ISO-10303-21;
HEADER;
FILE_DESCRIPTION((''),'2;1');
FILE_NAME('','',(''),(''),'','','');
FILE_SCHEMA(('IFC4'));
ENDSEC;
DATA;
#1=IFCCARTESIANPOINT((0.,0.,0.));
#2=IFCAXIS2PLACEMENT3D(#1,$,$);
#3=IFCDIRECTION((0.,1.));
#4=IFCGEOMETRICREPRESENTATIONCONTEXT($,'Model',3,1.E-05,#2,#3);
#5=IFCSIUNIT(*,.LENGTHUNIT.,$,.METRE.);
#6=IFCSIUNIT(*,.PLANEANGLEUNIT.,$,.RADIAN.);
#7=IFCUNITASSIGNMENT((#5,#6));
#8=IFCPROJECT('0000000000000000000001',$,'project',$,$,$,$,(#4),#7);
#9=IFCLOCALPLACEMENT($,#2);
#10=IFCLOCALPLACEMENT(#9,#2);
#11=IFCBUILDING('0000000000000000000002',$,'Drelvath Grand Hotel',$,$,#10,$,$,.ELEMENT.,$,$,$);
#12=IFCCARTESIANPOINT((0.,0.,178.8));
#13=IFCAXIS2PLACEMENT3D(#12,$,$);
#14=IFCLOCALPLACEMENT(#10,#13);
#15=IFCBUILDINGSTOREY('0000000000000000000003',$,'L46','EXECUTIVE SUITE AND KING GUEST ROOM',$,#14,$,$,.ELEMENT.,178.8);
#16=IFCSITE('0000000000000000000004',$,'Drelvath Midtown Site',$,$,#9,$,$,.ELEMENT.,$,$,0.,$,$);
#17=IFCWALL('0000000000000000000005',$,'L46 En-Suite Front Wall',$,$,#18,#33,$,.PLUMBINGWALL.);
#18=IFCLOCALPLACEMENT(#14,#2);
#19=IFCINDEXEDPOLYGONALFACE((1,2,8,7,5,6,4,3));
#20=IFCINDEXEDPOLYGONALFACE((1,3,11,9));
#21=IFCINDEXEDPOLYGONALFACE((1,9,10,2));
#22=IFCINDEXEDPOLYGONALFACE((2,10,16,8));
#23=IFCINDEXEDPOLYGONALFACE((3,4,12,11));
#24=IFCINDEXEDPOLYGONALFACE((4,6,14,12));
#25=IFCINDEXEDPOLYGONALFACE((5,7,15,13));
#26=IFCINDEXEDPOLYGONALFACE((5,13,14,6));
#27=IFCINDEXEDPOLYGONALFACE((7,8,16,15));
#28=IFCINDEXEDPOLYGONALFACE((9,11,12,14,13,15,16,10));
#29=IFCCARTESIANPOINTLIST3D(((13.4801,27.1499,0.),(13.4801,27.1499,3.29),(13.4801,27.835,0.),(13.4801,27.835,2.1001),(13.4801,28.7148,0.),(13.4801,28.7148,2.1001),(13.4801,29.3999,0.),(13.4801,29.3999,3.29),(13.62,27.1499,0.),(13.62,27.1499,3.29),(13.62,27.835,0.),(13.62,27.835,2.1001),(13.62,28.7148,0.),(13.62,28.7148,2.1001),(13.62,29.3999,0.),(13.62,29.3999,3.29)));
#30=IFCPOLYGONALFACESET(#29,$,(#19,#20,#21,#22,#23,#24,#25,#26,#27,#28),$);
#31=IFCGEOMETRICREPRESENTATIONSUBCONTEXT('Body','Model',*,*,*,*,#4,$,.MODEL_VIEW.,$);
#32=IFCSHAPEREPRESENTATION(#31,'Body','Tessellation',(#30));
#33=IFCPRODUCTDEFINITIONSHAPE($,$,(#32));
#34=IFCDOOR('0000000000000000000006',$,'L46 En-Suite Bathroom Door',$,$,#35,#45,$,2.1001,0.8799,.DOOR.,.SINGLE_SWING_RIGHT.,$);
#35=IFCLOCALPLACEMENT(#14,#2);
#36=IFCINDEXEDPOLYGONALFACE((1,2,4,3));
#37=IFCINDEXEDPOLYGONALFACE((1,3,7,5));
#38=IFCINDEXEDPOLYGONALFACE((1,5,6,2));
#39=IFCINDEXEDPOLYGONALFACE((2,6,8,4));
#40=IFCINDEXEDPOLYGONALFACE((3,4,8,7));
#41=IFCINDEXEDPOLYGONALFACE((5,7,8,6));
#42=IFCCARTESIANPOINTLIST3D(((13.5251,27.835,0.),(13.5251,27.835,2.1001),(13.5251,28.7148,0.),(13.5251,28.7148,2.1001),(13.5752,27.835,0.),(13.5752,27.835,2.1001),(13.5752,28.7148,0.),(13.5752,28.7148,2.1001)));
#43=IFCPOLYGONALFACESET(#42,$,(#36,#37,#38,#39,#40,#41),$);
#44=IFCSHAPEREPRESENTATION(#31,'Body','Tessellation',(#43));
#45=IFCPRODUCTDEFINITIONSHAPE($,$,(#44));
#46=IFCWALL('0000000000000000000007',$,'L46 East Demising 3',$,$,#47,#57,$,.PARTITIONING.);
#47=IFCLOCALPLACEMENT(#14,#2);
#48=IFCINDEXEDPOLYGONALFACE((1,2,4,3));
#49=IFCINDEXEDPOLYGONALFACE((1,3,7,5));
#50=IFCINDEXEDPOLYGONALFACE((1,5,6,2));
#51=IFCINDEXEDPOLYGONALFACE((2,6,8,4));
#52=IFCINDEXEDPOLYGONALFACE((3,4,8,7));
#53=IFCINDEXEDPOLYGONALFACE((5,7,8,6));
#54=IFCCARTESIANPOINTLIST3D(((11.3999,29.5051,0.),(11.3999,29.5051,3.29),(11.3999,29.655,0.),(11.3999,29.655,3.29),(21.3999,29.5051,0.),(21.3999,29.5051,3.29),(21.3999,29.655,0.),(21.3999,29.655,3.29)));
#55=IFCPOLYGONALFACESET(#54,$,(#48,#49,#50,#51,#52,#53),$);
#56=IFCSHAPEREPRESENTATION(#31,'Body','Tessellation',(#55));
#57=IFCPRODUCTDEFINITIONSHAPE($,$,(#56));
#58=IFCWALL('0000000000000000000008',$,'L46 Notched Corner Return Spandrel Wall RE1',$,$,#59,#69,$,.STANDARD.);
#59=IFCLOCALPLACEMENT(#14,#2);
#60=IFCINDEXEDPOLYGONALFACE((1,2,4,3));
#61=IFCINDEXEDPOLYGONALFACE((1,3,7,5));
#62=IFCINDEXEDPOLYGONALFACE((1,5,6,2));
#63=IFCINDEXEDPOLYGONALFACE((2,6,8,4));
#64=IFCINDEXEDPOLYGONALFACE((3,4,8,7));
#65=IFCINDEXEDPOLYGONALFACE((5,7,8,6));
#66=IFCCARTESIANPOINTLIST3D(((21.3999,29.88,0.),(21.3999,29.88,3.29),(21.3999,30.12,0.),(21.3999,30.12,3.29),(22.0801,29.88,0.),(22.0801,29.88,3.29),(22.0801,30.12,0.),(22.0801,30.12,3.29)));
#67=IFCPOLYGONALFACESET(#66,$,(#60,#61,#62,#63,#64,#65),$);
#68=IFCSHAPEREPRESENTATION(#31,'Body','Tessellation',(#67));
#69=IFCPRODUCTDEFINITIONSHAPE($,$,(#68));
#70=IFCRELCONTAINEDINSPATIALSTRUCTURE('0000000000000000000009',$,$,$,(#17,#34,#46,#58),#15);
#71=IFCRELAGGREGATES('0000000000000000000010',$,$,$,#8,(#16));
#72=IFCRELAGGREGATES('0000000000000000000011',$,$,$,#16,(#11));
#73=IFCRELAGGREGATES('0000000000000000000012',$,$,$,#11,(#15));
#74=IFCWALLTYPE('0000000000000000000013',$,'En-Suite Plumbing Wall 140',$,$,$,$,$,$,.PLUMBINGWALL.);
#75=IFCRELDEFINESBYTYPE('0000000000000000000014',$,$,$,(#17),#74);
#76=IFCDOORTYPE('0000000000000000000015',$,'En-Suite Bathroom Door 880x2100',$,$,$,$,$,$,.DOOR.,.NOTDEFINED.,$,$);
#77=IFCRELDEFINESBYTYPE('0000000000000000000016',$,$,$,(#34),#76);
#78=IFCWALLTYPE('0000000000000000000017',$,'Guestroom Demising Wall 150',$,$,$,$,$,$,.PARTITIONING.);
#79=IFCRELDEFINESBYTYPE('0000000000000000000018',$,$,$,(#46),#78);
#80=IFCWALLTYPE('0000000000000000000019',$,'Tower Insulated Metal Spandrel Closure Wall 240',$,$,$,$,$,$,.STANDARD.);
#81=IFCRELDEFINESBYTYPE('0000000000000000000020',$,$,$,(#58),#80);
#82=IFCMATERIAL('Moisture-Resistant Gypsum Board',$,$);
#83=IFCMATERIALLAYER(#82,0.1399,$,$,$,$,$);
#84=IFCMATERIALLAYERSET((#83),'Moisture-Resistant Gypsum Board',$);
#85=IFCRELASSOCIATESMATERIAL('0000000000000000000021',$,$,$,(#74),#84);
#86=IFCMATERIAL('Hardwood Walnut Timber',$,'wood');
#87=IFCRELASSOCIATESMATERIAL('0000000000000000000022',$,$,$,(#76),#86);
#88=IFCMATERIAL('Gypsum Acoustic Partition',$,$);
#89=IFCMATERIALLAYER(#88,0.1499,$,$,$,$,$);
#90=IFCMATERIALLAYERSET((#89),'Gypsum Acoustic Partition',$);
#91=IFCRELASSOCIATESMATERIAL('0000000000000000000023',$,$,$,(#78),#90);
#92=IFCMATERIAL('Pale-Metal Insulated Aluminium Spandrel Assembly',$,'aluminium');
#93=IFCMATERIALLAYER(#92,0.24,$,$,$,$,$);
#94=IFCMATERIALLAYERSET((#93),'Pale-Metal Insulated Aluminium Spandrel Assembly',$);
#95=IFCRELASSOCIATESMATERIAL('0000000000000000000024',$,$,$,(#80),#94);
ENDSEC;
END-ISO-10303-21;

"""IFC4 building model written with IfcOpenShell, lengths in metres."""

from ifc_helpers import new_model, si_unit, direction, frame, frame_2d, origin, place, context, subcontext, project, spatial, rectangle, extrude, material, layer, layer_set, type_object, element, fill, save


model = new_model("IFC4")

# Units and contexts
model_context = context("Model", 3, precision=1e-05, world=origin(), true_north=direction((0.0, 1.0)))
body_context = subcontext(model_context, "Body", "Model", "MODEL_VIEW")
ifc_project = project(units=[si_unit("LENGTHUNIT", "METRE"), si_unit("PLANEANGLEUNIT", "RADIAN")], contexts=[model_context])

# Site, building, storey
site_placement = place(None, origin())
site = spatial("IfcSite", under=ifc_project, at=site_placement, Name="Drelvath Midtown Site", CompositionType="ELEMENT", RefElevation=0.0)
building_placement = place(site_placement, origin())
building = spatial("IfcBuilding", under=site, at=building_placement, Name="Drelvath Grand Hotel", CompositionType="ELEMENT")
storey_placement = place(building_placement, frame((0.0, 0.0, 178.8)))
storey = spatial("IfcBuildingStorey", under=building, at=storey_placement, Name="L46", Description="EXECUTIVE SUITE AND KING GUEST ROOM", CompositionType="ELEMENT", Elevation=178.8)

# Shared definitions
ifc_material_1 = material(Name="Moisture-Resistant Gypsum Board")
ifc_layer_1 = layer(ifc_material_1, 0.1399)
ifc_layer_set_1 = layer_set([ifc_layer_1], Name="Moisture-Resistant Gypsum Board")
wall_type_1 = type_object("IfcWallType", Name="En-Suite Plumbing Wall 140", PredefinedType="PLUMBINGWALL", material=ifc_layer_set_1)

# Wall, opening, door
wall_1_placement = place(storey_placement, frame((13.55, 27.1499, 0.0), z_axis=(0.0, 0.0, 1.0), x_axis=(0.0, 1.0, 0.0)))
wall_1 = element("IfcWall", 1, at=wall_1_placement, inside=storey, type_object=wall_type_1, Name="L46 En-Suite Front Wall", PredefinedType="PLUMBINGWALL", context=body_context, shape_type="SweptSolid", body=[
    extrude(rectangle(XDim=2.25, YDim=0.1399, at=frame_2d((1.125, 0.0))), origin(), (0.0, 0.0, 1.0), 3.29),
])
opening_placement = place(wall_1_placement, frame((0.6851, 0.0, 0.0)))
opening = element("IfcOpeningElement", 2, at=opening_placement, cuts=wall_1, PredefinedType="OPENING", context=body_context, shape_type="SweptSolid", body=[
    extrude(rectangle(XDim=0.8799, YDim=2.1001, at=frame_2d((0.4399, 1.05))), frame((0.0, 0.0798, 0.0), z_axis=(0.0, -1.0, 0.0), x_axis=(1.0, 0.0, 0.0)), (0.0, 0.0, 1.0), 0.1599),
])
ifc_material_2 = material(Name="Hardwood Walnut Timber", Category="wood")
door_type = type_object("IfcDoorType", Name="En-Suite Bathroom Door 880x2100", OperationType="NOTDEFINED", PredefinedType="DOOR", material=ifc_material_2)
door_placement = place(opening_placement, origin())
door = element("IfcDoor", 3, at=door_placement, inside=storey, type_object=door_type, Name="L46 En-Suite Bathroom Door", OperationType="SINGLE_SWING_RIGHT", OverallHeight=2.1001, OverallWidth=0.8799, PredefinedType="DOOR", context=body_context, shape_type="SweptSolid", body=[
    extrude(rectangle(XDim=0.8799, YDim=2.1001, at=frame_2d((0.4399, 1.05))), frame((0.0, 0.0249, 0.0), z_axis=(0.0, -1.0, 0.0), x_axis=(1.0, 0.0, 0.0)), (0.0, 0.0, 1.0), 0.05),
])
fill(opening, door)

# Walls
ifc_material_3 = material(Name="Gypsum Acoustic Partition")
ifc_layer_2 = layer(ifc_material_3, 0.1499)
ifc_layer_set_2 = layer_set([ifc_layer_2], Name="Gypsum Acoustic Partition")
wall_type_2 = type_object("IfcWallType", Name="Guestroom Demising Wall 150", PredefinedType="PARTITIONING", material=ifc_layer_set_2)
wall_2_placement = place(storey_placement, frame((11.3999, 29.5801, 0.0), z_axis=(0.0, 0.0, 1.0), x_axis=(1.0, 0.0, 0.0)))
element("IfcWall", 4, at=wall_2_placement, inside=storey, type_object=wall_type_2, Name="L46 East Demising 3", PredefinedType="PARTITIONING", context=body_context, shape_type="SweptSolid", body=[
    extrude(rectangle(XDim=10.0, YDim=0.1499, at=frame_2d((5.0, 0.0))), origin(), (0.0, 0.0, 1.0), 3.29),
])
ifc_material_4 = material(Name="Pale-Metal Insulated Aluminium Spandrel Assembly", Category="aluminium")
ifc_layer_3 = layer(ifc_material_4, 0.24)
ifc_layer_set_3 = layer_set([ifc_layer_3], Name="Pale-Metal Insulated Aluminium Spandrel Assembly")
wall_type_3 = type_object("IfcWallType", Name="Tower Insulated Metal Spandrel Closure Wall 240", PredefinedType="STANDARD", material=ifc_layer_set_3)
wall_3_placement = place(storey_placement, frame((22.0801, 30.0, 0.0), z_axis=(0.0, 0.0, 1.0), x_axis=(-1.0, 0.0, 0.0)))
element("IfcWall", 5, at=wall_3_placement, inside=storey, type_object=wall_type_3, Name="L46 Notched Corner Return Spandrel Wall RE1", PredefinedType="STANDARD", context=body_context, shape_type="SweptSolid", body=[
    extrude(rectangle(XDim=0.6802, YDim=0.24, at=frame_2d((0.3401, 0.0))), origin(), (0.0, 0.0, 1.0), 3.29),
])

save(model, "model.ifc")
